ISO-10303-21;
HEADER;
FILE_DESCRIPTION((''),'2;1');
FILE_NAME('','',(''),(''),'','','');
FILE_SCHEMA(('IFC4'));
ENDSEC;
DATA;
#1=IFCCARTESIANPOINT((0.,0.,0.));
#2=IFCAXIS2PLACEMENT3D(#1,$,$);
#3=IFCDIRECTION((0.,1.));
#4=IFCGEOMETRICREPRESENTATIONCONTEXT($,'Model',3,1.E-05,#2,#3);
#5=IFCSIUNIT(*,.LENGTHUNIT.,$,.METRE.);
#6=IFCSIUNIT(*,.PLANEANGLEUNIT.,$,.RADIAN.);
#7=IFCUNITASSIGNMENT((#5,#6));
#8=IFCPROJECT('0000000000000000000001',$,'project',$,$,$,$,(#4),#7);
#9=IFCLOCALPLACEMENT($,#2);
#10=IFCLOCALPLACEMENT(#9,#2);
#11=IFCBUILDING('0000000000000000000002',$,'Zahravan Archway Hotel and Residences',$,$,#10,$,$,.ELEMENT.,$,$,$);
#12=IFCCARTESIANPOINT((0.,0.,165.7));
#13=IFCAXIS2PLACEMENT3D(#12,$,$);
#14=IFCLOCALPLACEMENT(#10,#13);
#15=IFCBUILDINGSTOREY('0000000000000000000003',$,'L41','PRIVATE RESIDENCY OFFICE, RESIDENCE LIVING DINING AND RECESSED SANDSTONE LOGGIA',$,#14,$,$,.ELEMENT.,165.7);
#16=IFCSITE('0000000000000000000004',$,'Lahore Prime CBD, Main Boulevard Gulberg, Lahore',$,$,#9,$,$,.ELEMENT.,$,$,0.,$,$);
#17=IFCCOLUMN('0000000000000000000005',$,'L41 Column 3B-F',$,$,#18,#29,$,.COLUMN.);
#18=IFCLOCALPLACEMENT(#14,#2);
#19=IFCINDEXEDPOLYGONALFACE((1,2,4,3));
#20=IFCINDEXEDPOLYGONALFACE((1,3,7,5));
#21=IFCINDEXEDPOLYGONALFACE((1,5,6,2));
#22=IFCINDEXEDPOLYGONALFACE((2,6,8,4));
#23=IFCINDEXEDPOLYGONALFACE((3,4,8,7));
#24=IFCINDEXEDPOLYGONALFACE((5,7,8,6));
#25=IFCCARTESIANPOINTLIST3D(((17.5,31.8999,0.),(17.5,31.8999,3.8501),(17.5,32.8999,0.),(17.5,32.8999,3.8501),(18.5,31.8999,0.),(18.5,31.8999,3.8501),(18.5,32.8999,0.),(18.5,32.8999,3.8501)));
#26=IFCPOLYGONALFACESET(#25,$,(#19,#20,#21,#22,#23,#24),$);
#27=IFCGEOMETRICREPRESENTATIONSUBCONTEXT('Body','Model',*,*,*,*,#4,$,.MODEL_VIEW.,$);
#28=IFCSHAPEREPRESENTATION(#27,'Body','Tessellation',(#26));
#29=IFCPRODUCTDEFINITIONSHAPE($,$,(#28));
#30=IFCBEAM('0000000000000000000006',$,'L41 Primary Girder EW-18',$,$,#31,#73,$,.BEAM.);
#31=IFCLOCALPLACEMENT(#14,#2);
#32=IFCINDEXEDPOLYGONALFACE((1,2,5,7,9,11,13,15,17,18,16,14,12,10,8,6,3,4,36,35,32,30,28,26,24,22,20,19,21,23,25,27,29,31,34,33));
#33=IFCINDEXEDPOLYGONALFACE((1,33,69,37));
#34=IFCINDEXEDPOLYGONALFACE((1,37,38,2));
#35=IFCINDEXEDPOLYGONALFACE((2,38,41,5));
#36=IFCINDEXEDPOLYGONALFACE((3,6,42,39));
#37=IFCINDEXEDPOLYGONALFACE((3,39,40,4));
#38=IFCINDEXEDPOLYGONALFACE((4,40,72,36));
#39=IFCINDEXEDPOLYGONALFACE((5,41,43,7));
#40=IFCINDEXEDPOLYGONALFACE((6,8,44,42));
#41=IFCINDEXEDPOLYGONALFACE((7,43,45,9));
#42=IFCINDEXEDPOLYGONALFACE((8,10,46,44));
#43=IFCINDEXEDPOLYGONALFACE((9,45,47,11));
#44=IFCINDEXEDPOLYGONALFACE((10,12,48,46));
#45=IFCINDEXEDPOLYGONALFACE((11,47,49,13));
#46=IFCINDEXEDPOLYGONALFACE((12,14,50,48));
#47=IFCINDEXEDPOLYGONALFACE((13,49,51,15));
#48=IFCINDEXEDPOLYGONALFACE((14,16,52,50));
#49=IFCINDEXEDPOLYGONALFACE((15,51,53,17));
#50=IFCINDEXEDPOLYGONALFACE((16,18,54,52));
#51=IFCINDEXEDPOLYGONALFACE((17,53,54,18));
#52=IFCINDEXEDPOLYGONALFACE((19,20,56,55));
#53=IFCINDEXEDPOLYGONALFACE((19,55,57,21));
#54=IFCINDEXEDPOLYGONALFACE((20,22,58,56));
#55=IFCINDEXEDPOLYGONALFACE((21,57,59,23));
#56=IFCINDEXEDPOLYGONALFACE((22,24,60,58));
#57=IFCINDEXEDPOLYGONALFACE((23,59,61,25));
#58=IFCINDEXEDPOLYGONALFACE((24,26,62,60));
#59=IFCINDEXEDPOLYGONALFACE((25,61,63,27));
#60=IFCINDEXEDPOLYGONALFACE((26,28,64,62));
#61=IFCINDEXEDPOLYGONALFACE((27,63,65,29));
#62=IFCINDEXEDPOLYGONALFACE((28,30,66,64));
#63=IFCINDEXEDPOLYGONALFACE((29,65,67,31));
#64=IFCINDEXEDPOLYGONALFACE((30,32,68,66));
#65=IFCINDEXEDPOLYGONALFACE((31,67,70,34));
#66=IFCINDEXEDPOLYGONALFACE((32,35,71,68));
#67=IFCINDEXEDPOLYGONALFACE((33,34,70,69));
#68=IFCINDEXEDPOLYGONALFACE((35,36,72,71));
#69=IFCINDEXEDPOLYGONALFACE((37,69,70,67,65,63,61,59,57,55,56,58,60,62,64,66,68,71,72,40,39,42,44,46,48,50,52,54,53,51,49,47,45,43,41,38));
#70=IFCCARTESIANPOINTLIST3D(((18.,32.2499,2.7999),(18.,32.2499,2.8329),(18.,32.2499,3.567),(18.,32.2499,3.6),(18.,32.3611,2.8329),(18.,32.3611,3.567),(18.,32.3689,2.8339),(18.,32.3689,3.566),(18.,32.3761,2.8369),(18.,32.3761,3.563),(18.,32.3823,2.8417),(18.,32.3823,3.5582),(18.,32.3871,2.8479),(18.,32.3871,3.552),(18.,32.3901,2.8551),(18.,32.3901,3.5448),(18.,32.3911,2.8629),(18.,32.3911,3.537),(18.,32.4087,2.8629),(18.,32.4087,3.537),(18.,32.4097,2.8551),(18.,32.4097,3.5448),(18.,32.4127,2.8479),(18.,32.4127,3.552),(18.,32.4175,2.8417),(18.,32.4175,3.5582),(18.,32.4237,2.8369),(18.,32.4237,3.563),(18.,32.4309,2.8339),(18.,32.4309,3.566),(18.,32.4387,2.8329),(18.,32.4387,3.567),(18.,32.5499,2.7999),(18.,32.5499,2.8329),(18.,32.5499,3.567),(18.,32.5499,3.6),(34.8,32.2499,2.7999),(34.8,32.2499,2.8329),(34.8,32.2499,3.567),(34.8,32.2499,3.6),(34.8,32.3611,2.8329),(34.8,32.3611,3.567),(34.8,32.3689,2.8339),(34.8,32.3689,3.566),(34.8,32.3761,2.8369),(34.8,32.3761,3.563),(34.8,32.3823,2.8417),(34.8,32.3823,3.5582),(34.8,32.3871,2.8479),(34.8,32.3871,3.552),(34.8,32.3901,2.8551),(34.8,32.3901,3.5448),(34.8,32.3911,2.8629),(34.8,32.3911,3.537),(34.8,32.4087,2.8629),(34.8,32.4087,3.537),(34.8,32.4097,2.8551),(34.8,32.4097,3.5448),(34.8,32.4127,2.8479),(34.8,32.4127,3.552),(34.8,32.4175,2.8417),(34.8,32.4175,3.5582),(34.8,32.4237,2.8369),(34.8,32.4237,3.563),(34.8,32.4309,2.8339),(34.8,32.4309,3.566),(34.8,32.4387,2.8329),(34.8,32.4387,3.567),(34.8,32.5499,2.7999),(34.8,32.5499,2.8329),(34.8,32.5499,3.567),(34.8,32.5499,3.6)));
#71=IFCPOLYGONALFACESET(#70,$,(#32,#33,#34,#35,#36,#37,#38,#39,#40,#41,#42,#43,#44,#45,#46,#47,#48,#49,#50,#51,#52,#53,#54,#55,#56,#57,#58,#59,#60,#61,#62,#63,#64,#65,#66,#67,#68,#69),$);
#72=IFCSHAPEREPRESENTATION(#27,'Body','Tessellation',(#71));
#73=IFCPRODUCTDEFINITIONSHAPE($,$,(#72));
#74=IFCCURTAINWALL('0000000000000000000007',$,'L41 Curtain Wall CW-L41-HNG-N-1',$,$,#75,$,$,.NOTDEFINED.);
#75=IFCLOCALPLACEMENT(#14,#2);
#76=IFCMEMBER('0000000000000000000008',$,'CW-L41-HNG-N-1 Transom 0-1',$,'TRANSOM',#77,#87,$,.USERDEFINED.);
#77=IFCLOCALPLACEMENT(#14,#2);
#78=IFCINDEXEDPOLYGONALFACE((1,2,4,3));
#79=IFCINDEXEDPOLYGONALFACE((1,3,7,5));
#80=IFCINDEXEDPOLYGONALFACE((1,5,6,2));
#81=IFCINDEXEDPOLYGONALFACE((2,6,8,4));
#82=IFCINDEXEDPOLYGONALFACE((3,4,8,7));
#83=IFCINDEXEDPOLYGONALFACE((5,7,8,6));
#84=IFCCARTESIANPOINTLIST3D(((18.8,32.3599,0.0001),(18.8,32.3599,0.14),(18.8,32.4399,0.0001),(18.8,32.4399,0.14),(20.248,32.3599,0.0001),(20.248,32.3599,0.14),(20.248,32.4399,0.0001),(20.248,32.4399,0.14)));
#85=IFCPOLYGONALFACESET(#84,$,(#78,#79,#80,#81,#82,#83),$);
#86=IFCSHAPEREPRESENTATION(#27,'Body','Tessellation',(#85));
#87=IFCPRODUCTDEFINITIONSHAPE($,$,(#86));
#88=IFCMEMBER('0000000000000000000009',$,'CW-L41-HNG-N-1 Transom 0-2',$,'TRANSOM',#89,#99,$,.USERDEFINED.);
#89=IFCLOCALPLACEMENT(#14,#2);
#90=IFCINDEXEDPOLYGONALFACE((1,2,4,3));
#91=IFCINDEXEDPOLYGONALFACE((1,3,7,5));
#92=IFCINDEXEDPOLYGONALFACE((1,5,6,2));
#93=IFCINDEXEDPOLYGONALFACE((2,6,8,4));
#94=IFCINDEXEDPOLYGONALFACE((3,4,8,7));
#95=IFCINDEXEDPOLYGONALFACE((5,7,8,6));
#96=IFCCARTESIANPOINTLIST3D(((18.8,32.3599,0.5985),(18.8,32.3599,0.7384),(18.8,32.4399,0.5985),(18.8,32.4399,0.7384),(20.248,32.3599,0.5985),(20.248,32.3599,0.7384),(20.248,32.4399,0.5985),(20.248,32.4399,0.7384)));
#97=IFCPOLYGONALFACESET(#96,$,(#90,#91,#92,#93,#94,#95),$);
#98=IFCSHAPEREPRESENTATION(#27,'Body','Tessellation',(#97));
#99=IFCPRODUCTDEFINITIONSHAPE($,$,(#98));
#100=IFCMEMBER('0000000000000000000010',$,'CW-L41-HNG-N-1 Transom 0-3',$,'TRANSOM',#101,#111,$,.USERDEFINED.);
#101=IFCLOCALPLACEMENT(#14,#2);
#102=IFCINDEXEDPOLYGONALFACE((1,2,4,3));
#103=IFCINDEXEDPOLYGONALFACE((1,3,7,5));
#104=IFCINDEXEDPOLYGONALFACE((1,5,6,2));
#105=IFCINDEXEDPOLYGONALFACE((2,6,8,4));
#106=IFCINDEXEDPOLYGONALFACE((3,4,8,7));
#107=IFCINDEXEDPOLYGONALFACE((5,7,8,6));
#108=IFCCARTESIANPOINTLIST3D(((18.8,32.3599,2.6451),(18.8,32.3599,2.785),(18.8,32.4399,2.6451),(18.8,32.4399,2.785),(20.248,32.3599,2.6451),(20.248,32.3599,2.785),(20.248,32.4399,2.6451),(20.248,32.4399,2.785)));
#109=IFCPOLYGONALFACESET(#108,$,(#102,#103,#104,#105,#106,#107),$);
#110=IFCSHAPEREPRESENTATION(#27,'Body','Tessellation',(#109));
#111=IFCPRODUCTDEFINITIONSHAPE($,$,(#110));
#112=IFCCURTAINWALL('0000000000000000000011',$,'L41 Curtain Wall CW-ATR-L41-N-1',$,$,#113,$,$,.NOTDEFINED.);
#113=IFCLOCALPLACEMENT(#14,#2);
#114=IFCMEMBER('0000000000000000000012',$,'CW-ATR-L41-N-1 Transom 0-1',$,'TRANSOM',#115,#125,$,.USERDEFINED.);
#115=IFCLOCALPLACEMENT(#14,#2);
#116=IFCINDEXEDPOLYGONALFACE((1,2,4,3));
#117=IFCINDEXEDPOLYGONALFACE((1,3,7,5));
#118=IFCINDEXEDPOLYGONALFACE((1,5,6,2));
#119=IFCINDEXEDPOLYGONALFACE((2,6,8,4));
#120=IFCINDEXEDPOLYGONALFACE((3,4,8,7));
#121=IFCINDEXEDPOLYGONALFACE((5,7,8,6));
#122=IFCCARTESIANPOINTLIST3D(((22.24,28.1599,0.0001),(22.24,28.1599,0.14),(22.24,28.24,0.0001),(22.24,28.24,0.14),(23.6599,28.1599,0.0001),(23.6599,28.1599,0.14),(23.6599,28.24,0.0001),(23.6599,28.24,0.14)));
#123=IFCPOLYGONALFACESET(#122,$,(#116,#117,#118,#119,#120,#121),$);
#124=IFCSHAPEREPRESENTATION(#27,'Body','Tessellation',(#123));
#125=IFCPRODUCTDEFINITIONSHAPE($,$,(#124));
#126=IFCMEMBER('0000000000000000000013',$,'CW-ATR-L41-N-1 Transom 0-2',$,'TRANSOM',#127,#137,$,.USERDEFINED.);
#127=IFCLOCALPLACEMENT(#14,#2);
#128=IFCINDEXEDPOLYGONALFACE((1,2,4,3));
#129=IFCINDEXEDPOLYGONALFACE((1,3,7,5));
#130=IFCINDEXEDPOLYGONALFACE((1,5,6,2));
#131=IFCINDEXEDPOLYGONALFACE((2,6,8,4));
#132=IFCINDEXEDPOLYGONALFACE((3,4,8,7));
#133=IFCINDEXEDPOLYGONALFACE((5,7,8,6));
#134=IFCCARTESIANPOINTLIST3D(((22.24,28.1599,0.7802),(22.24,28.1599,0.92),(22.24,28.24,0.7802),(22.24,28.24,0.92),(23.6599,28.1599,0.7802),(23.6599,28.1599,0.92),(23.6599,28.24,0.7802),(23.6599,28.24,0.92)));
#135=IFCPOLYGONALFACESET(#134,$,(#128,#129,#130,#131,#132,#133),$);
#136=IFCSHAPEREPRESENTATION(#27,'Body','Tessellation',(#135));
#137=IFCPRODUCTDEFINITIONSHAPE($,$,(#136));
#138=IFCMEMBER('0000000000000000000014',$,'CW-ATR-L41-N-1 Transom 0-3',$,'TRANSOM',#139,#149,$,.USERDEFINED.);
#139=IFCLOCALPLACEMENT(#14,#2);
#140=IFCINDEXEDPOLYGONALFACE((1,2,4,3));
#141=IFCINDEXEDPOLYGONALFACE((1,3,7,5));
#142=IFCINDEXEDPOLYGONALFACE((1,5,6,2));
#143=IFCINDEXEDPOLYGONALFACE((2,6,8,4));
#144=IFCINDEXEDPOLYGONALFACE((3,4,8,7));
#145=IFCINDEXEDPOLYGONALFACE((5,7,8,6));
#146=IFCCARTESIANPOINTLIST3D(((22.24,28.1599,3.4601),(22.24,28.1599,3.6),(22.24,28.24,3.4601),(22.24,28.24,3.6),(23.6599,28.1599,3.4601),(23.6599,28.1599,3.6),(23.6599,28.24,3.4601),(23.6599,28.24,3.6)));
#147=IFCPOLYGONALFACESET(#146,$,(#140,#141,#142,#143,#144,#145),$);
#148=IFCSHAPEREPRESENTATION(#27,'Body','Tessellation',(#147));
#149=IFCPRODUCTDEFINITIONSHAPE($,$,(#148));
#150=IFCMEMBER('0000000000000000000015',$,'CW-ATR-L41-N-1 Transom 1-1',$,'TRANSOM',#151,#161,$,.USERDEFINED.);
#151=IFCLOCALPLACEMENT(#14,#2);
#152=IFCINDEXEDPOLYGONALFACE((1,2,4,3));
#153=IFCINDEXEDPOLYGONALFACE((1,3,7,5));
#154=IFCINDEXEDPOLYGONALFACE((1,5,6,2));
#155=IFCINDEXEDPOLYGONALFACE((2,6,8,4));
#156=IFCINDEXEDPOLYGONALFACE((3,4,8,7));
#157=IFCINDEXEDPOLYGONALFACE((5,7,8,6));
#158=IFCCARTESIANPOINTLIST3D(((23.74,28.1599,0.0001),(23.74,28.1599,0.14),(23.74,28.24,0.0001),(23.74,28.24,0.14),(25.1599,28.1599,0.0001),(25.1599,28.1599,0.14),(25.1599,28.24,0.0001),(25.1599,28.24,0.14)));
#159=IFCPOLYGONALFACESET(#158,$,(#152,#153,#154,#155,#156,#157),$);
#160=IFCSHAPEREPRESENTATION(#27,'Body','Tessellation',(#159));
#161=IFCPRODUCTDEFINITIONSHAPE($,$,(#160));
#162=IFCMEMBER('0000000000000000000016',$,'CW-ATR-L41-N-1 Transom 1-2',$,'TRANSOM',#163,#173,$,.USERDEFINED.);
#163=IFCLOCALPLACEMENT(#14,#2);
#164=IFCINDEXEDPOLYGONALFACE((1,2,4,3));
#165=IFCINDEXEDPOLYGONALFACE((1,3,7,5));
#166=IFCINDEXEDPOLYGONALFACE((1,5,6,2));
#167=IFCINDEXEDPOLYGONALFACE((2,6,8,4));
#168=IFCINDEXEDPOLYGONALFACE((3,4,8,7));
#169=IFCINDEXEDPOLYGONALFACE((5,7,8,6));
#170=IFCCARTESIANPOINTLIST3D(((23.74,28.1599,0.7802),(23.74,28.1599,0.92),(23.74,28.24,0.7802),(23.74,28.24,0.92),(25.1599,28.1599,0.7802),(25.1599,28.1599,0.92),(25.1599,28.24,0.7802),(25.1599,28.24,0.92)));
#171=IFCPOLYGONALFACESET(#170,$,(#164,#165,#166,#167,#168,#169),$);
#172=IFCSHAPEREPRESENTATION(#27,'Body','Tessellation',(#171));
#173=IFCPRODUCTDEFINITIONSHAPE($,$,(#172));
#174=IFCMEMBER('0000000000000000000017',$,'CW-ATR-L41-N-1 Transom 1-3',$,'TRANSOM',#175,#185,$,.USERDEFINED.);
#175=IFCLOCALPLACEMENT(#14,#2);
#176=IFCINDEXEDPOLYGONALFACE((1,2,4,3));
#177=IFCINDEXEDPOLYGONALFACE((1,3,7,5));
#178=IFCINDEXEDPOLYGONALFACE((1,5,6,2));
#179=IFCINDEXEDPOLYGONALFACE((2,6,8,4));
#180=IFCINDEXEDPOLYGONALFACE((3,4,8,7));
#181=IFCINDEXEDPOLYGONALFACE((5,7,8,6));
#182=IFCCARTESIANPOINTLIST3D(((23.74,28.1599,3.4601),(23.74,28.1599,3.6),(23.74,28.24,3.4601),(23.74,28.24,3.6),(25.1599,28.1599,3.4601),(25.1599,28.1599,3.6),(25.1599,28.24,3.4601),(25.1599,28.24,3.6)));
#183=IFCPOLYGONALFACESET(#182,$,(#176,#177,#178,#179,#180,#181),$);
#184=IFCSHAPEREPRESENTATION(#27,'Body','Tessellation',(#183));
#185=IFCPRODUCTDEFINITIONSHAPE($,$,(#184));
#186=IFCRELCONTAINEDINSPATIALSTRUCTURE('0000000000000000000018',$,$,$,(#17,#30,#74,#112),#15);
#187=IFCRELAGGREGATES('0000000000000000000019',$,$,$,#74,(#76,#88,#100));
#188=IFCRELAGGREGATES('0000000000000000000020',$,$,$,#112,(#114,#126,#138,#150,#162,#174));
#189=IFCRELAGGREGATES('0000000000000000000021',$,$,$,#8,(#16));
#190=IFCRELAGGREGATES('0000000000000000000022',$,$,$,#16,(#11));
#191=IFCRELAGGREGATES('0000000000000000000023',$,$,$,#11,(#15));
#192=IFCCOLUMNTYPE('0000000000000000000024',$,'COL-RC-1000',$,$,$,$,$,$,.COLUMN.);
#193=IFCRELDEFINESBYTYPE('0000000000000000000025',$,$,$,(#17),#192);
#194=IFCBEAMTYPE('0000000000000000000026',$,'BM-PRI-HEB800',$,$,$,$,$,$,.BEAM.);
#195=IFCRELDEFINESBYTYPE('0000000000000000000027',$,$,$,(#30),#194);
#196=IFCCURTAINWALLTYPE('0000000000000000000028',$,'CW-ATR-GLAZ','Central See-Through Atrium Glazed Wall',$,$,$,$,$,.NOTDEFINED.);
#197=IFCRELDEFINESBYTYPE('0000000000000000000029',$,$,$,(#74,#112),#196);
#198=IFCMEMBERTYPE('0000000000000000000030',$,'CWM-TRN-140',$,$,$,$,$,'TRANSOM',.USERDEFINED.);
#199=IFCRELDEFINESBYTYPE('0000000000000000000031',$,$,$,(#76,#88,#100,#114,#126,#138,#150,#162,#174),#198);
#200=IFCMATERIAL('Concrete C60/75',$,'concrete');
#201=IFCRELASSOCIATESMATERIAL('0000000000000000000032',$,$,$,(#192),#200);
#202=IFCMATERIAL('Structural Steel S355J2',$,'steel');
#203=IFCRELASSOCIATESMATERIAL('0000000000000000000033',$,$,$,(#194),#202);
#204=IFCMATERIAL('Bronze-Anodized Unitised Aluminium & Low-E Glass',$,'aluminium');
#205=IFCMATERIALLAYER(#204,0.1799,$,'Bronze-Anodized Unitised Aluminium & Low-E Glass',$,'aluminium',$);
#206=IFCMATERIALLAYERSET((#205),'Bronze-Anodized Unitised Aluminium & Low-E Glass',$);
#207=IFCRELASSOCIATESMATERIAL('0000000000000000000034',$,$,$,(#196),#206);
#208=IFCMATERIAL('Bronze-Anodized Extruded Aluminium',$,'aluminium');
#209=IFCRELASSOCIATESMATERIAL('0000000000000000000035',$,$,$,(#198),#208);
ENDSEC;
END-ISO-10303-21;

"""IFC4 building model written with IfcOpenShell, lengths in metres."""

from ifc_helpers import new_model, si_unit, direction, frame, origin, origin_2d, place, context, subcontext, project, spatial, rectangle, i_section, extrude, source, transform, mapped, material, layer, layer_set, material_profile, profile_set, type_object, type_shapes, element, aggregate, save


model = new_model("IFC4")

# Units and contexts
model_context = context("Model", 3, precision=1e-05, world=origin(), true_north=direction((0.0, 1.0)))
body_context = subcontext(model_context, "Body", "Model", "MODEL_VIEW")
ifc_project = project(units=[si_unit("LENGTHUNIT", "METRE"), si_unit("PLANEANGLEUNIT", "RADIAN")], contexts=[model_context])

# Site, building, storey
site_placement = place(None, origin())
site = spatial("IfcSite", under=ifc_project, at=site_placement, Name="Lahore Prime CBD, Main Boulevard Gulberg, Lahore", CompositionType="ELEMENT", RefElevation=0.0)
building_placement = place(site_placement, origin())
building = spatial("IfcBuilding", under=site, at=building_placement, Name="Zahravan Archway Hotel and Residences", CompositionType="ELEMENT")
storey_placement = place(building_placement, frame((0.0, 0.0, 165.7)))
storey = spatial("IfcBuildingStorey", under=building, at=storey_placement, Name="L41", Description="PRIVATE RESIDENCY OFFICE, RESIDENCE LIVING DINING AND RECESSED SANDSTONE LOGGIA", CompositionType="ELEMENT", Elevation=165.7)

# Column
ifc_material_1 = material(Name="Concrete C60/75", Category="concrete")
ifc_material_profile_1 = material_profile(ifc_material_1, rectangle(XDim=1.0, YDim=1.0, at=origin_2d()), Name="RC-COL-1000x1000", Category="concrete")
ifc_profile_set_1 = profile_set([ifc_material_profile_1], Name="Concrete C60/75")
column_type = type_object("IfcColumnType", Name="COL-RC-1000", PredefinedType="COLUMN", material=ifc_profile_set_1)
shared_shape_1 = source(origin(), body_context, "Body", "SweptSolid", [
    extrude(rectangle(XDim=1.0, YDim=1.0, at=origin_2d()), origin(), (0.0, 0.0, 1.0), 3.8501),
])
column_placement = place(storey_placement, frame((18.0, 32.3999, 0.0), z_axis=(0.0, 0.0, 1.0), x_axis=(1.0, 0.0, 0.0)))
element("IfcColumn", 1, at=column_placement, inside=storey, type_object=column_type, Name="L41 Column 3B-F", PredefinedType="COLUMN", context=body_context, shape_type="MappedRepresentation", body=[
    mapped(shared_shape_1, transform((0.0, 0.0, 0.0), scale=1.0)),
])

# Beam
ifc_material_2 = material(Name="Structural Steel S355J2", Category="steel")
ifc_material_profile_2 = material_profile(ifc_material_2, i_section(OverallWidth=0.3, OverallDepth=0.8, WebThickness=0.0176, FlangeThickness=0.033, FilletRadius=0.03, at=origin_2d()), Name="HEB 800", Category="steel")
ifc_profile_set_2 = profile_set([ifc_material_profile_2], Name="Structural Steel S355J2")
beam_type = type_object("IfcBeamType", Name="BM-PRI-HEB800", PredefinedType="BEAM", material=ifc_profile_set_2)
shared_shape_2 = source(origin(), body_context, "Body", "SweptSolid", [
    extrude(i_section(OverallWidth=0.3, OverallDepth=0.8, WebThickness=0.0176, FlangeThickness=0.033, FilletRadius=0.03, at=origin_2d()), origin(), (0.0, 0.0, 1.0), 16.8),
])
type_shapes(beam_type, [shared_shape_2])
beam_placement = place(storey_placement, frame((18.0, 32.3999, 3.2), z_axis=(1.0, 0.0, 0.0), x_axis=(0.0, 1.0, 0.0)))
element("IfcBeam", 2, at=beam_placement, inside=storey, type_object=beam_type, Name="L41 Primary Girder EW-18", PredefinedType="BEAM", context=body_context, shape_type="MappedRepresentation", body=[
    mapped(shared_shape_2, transform((0.0, 0.0, 0.0), scale=1.0)),
])

# Curtain walls, members
ifc_material_3 = material(Name="Bronze-Anodized Unitised Aluminium & Low-E Glass", Category="aluminium")
ifc_layer_1 = layer(ifc_material_3, 0.1799, Name="Bronze-Anodized Unitised Aluminium & Low-E Glass", Category="aluminium")
ifc_layer_set_1 = layer_set([ifc_layer_1], Name="Bronze-Anodized Unitised Aluminium & Low-E Glass")
curtain_wall_type = type_object("IfcCurtainWallType", Name="CW-ATR-GLAZ", Description="Central See-Through Atrium Glazed Wall", PredefinedType="NOTDEFINED", material=ifc_layer_set_1)
curtain_wall_1_placement = place(storey_placement, origin())
curtain_wall_1 = element("IfcCurtainWall", 3, at=curtain_wall_1_placement, inside=storey, type_object=curtain_wall_type, Name="L41 Curtain Wall CW-L41-HNG-N-1", PredefinedType="NOTDEFINED")
ifc_material_4 = material(Name="Bronze-Anodized Extruded Aluminium", Category="aluminium")
ifc_material_profile_3 = material_profile(ifc_material_4, rectangle(XDim=0.0801, YDim=0.1399, at=origin_2d()), Name="TRN 80x140", Category="aluminium")
ifc_profile_set_3 = profile_set([ifc_material_profile_3], Name="Bronze-Anodized Extruded Aluminium")
member_type_1 = type_object("IfcMemberType", Name="CWM-TRN-140", ElementType="TRANSOM", PredefinedType="USERDEFINED", material=ifc_profile_set_3)
shared_shape_3 = source(origin(), body_context, "Body", "SweptSolid", [
    extrude(rectangle(XDim=0.0801, YDim=0.1399, at=origin_2d()), origin(), (0.0, 0.0, 1.0), 1.448),
])
member_1_placement = place(storey_placement, frame((18.8, 32.3999, 0.0701), z_axis=(1.0, 0.0, 0.0), x_axis=(0.0, 1.0, 0.0)))
member_1 = element("IfcMember", 4, at=member_1_placement, type_object=member_type_1, Name="CW-L41-HNG-N-1 Transom 0-1", ObjectType="TRANSOM", PredefinedType="USERDEFINED", context=body_context, shape_type="MappedRepresentation", body=[
    mapped(shared_shape_3, transform((0.0, 0.0, 0.0), scale=1.0)),
])
member_2_placement = place(storey_placement, frame((18.8, 32.3999, 0.6685), z_axis=(1.0, 0.0, 0.0), x_axis=(0.0, 1.0, 0.0)))
member_2 = element("IfcMember", 5, at=member_2_placement, type_object=member_type_1, Name="CW-L41-HNG-N-1 Transom 0-2", ObjectType="TRANSOM", PredefinedType="USERDEFINED", context=body_context, shape_type="MappedRepresentation", body=[
    mapped(shared_shape_3, transform((0.0, 0.0, 0.0), scale=1.0)),
])
member_3_placement = place(storey_placement, frame((18.8, 32.3999, 2.7151), z_axis=(1.0, 0.0, 0.0), x_axis=(0.0, 1.0, 0.0)))
member_3 = element("IfcMember", 6, at=member_3_placement, type_object=member_type_1, Name="CW-L41-HNG-N-1 Transom 0-3", ObjectType="TRANSOM", PredefinedType="USERDEFINED", context=body_context, shape_type="MappedRepresentation", body=[
    mapped(shared_shape_3, transform((0.0, 0.0, 0.0), scale=1.0)),
])
curtain_wall_2_placement = place(storey_placement, origin())
curtain_wall_2 = element("IfcCurtainWall", 7, at=curtain_wall_2_placement, inside=storey, type_object=curtain_wall_type, Name="L41 Curtain Wall CW-ATR-L41-N-1", PredefinedType="NOTDEFINED")
shared_shape_4 = source(origin(), body_context, "Body", "SweptSolid", [
    extrude(rectangle(XDim=0.0801, YDim=0.1399, at=origin_2d()), origin(), (0.0, 0.0, 1.0), 1.4199),
])
member_4_placement = place(storey_placement, frame((22.24, 28.2, 0.0701), z_axis=(1.0, 0.0, 0.0), x_axis=(0.0, 1.0, 0.0)))
member_4 = element("IfcMember", 8, at=member_4_placement, type_object=member_type_1, Name="CW-ATR-L41-N-1 Transom 0-1", ObjectType="TRANSOM", PredefinedType="USERDEFINED", context=body_context, shape_type="MappedRepresentation", body=[
    mapped(shared_shape_4, transform((0.0, 0.0, 0.0), scale=1.0)),
])
member_5_placement = place(storey_placement, frame((22.24, 28.2, 0.8501), z_axis=(1.0, 0.0, 0.0), x_axis=(0.0, 1.0, 0.0)))
member_5 = element("IfcMember", 9, at=member_5_placement, type_object=member_type_1, Name="CW-ATR-L41-N-1 Transom 0-2", ObjectType="TRANSOM", PredefinedType="USERDEFINED", context=body_context, shape_type="MappedRepresentation", body=[
    mapped(shared_shape_4, transform((0.0, 0.0, 0.0), scale=1.0)),
])
member_6_placement = place(storey_placement, frame((22.24, 28.2, 3.53), z_axis=(1.0, 0.0, 0.0), x_axis=(0.0, 1.0, 0.0)))
member_6 = element("IfcMember", 10, at=member_6_placement, type_object=member_type_1, Name="CW-ATR-L41-N-1 Transom 0-3", ObjectType="TRANSOM", PredefinedType="USERDEFINED", context=body_context, shape_type="MappedRepresentation", body=[
    mapped(shared_shape_4, transform((0.0, 0.0, 0.0), scale=1.0)),
])
member_7_placement = place(storey_placement, frame((23.74, 28.2, 0.0701), z_axis=(1.0, 0.0, 0.0), x_axis=(0.0, 1.0, 0.0)))
member_7 = element("IfcMember", 11, at=member_7_placement, type_object=member_type_1, Name="CW-ATR-L41-N-1 Transom 1-1", ObjectType="TRANSOM", PredefinedType="USERDEFINED", context=body_context, shape_type="MappedRepresentation", body=[
    mapped(shared_shape_4, transform((0.0, 0.0, 0.0), scale=1.0)),
])
member_8_placement = place(storey_placement, frame((23.74, 28.2, 0.8501), z_axis=(1.0, 0.0, 0.0), x_axis=(0.0, 1.0, 0.0)))
member_8 = element("IfcMember", 12, at=member_8_placement, type_object=member_type_1, Name="CW-ATR-L41-N-1 Transom 1-2", ObjectType="TRANSOM", PredefinedType="USERDEFINED", context=body_context, shape_type="MappedRepresentation", body=[
    mapped(shared_shape_4, transform((0.0, 0.0, 0.0), scale=1.0)),
])
member_9_placement = place(storey_placement, frame((23.74, 28.2, 3.53), z_axis=(1.0, 0.0, 0.0), x_axis=(0.0, 1.0, 0.0)))
member_9 = element("IfcMember", 13, at=member_9_placement, type_object=member_type_1, Name="CW-ATR-L41-N-1 Transom 1-3", ObjectType="TRANSOM", PredefinedType="USERDEFINED", context=body_context, shape_type="MappedRepresentation", body=[
    mapped(shared_shape_4, transform((0.0, 0.0, 0.0), scale=1.0)),
])

aggregate(curtain_wall_1, [member_1, member_2, member_3])
aggregate(curtain_wall_2, [member_4, member_5, member_6, member_7, member_8, member_9])

save(model, "model.ifc")
